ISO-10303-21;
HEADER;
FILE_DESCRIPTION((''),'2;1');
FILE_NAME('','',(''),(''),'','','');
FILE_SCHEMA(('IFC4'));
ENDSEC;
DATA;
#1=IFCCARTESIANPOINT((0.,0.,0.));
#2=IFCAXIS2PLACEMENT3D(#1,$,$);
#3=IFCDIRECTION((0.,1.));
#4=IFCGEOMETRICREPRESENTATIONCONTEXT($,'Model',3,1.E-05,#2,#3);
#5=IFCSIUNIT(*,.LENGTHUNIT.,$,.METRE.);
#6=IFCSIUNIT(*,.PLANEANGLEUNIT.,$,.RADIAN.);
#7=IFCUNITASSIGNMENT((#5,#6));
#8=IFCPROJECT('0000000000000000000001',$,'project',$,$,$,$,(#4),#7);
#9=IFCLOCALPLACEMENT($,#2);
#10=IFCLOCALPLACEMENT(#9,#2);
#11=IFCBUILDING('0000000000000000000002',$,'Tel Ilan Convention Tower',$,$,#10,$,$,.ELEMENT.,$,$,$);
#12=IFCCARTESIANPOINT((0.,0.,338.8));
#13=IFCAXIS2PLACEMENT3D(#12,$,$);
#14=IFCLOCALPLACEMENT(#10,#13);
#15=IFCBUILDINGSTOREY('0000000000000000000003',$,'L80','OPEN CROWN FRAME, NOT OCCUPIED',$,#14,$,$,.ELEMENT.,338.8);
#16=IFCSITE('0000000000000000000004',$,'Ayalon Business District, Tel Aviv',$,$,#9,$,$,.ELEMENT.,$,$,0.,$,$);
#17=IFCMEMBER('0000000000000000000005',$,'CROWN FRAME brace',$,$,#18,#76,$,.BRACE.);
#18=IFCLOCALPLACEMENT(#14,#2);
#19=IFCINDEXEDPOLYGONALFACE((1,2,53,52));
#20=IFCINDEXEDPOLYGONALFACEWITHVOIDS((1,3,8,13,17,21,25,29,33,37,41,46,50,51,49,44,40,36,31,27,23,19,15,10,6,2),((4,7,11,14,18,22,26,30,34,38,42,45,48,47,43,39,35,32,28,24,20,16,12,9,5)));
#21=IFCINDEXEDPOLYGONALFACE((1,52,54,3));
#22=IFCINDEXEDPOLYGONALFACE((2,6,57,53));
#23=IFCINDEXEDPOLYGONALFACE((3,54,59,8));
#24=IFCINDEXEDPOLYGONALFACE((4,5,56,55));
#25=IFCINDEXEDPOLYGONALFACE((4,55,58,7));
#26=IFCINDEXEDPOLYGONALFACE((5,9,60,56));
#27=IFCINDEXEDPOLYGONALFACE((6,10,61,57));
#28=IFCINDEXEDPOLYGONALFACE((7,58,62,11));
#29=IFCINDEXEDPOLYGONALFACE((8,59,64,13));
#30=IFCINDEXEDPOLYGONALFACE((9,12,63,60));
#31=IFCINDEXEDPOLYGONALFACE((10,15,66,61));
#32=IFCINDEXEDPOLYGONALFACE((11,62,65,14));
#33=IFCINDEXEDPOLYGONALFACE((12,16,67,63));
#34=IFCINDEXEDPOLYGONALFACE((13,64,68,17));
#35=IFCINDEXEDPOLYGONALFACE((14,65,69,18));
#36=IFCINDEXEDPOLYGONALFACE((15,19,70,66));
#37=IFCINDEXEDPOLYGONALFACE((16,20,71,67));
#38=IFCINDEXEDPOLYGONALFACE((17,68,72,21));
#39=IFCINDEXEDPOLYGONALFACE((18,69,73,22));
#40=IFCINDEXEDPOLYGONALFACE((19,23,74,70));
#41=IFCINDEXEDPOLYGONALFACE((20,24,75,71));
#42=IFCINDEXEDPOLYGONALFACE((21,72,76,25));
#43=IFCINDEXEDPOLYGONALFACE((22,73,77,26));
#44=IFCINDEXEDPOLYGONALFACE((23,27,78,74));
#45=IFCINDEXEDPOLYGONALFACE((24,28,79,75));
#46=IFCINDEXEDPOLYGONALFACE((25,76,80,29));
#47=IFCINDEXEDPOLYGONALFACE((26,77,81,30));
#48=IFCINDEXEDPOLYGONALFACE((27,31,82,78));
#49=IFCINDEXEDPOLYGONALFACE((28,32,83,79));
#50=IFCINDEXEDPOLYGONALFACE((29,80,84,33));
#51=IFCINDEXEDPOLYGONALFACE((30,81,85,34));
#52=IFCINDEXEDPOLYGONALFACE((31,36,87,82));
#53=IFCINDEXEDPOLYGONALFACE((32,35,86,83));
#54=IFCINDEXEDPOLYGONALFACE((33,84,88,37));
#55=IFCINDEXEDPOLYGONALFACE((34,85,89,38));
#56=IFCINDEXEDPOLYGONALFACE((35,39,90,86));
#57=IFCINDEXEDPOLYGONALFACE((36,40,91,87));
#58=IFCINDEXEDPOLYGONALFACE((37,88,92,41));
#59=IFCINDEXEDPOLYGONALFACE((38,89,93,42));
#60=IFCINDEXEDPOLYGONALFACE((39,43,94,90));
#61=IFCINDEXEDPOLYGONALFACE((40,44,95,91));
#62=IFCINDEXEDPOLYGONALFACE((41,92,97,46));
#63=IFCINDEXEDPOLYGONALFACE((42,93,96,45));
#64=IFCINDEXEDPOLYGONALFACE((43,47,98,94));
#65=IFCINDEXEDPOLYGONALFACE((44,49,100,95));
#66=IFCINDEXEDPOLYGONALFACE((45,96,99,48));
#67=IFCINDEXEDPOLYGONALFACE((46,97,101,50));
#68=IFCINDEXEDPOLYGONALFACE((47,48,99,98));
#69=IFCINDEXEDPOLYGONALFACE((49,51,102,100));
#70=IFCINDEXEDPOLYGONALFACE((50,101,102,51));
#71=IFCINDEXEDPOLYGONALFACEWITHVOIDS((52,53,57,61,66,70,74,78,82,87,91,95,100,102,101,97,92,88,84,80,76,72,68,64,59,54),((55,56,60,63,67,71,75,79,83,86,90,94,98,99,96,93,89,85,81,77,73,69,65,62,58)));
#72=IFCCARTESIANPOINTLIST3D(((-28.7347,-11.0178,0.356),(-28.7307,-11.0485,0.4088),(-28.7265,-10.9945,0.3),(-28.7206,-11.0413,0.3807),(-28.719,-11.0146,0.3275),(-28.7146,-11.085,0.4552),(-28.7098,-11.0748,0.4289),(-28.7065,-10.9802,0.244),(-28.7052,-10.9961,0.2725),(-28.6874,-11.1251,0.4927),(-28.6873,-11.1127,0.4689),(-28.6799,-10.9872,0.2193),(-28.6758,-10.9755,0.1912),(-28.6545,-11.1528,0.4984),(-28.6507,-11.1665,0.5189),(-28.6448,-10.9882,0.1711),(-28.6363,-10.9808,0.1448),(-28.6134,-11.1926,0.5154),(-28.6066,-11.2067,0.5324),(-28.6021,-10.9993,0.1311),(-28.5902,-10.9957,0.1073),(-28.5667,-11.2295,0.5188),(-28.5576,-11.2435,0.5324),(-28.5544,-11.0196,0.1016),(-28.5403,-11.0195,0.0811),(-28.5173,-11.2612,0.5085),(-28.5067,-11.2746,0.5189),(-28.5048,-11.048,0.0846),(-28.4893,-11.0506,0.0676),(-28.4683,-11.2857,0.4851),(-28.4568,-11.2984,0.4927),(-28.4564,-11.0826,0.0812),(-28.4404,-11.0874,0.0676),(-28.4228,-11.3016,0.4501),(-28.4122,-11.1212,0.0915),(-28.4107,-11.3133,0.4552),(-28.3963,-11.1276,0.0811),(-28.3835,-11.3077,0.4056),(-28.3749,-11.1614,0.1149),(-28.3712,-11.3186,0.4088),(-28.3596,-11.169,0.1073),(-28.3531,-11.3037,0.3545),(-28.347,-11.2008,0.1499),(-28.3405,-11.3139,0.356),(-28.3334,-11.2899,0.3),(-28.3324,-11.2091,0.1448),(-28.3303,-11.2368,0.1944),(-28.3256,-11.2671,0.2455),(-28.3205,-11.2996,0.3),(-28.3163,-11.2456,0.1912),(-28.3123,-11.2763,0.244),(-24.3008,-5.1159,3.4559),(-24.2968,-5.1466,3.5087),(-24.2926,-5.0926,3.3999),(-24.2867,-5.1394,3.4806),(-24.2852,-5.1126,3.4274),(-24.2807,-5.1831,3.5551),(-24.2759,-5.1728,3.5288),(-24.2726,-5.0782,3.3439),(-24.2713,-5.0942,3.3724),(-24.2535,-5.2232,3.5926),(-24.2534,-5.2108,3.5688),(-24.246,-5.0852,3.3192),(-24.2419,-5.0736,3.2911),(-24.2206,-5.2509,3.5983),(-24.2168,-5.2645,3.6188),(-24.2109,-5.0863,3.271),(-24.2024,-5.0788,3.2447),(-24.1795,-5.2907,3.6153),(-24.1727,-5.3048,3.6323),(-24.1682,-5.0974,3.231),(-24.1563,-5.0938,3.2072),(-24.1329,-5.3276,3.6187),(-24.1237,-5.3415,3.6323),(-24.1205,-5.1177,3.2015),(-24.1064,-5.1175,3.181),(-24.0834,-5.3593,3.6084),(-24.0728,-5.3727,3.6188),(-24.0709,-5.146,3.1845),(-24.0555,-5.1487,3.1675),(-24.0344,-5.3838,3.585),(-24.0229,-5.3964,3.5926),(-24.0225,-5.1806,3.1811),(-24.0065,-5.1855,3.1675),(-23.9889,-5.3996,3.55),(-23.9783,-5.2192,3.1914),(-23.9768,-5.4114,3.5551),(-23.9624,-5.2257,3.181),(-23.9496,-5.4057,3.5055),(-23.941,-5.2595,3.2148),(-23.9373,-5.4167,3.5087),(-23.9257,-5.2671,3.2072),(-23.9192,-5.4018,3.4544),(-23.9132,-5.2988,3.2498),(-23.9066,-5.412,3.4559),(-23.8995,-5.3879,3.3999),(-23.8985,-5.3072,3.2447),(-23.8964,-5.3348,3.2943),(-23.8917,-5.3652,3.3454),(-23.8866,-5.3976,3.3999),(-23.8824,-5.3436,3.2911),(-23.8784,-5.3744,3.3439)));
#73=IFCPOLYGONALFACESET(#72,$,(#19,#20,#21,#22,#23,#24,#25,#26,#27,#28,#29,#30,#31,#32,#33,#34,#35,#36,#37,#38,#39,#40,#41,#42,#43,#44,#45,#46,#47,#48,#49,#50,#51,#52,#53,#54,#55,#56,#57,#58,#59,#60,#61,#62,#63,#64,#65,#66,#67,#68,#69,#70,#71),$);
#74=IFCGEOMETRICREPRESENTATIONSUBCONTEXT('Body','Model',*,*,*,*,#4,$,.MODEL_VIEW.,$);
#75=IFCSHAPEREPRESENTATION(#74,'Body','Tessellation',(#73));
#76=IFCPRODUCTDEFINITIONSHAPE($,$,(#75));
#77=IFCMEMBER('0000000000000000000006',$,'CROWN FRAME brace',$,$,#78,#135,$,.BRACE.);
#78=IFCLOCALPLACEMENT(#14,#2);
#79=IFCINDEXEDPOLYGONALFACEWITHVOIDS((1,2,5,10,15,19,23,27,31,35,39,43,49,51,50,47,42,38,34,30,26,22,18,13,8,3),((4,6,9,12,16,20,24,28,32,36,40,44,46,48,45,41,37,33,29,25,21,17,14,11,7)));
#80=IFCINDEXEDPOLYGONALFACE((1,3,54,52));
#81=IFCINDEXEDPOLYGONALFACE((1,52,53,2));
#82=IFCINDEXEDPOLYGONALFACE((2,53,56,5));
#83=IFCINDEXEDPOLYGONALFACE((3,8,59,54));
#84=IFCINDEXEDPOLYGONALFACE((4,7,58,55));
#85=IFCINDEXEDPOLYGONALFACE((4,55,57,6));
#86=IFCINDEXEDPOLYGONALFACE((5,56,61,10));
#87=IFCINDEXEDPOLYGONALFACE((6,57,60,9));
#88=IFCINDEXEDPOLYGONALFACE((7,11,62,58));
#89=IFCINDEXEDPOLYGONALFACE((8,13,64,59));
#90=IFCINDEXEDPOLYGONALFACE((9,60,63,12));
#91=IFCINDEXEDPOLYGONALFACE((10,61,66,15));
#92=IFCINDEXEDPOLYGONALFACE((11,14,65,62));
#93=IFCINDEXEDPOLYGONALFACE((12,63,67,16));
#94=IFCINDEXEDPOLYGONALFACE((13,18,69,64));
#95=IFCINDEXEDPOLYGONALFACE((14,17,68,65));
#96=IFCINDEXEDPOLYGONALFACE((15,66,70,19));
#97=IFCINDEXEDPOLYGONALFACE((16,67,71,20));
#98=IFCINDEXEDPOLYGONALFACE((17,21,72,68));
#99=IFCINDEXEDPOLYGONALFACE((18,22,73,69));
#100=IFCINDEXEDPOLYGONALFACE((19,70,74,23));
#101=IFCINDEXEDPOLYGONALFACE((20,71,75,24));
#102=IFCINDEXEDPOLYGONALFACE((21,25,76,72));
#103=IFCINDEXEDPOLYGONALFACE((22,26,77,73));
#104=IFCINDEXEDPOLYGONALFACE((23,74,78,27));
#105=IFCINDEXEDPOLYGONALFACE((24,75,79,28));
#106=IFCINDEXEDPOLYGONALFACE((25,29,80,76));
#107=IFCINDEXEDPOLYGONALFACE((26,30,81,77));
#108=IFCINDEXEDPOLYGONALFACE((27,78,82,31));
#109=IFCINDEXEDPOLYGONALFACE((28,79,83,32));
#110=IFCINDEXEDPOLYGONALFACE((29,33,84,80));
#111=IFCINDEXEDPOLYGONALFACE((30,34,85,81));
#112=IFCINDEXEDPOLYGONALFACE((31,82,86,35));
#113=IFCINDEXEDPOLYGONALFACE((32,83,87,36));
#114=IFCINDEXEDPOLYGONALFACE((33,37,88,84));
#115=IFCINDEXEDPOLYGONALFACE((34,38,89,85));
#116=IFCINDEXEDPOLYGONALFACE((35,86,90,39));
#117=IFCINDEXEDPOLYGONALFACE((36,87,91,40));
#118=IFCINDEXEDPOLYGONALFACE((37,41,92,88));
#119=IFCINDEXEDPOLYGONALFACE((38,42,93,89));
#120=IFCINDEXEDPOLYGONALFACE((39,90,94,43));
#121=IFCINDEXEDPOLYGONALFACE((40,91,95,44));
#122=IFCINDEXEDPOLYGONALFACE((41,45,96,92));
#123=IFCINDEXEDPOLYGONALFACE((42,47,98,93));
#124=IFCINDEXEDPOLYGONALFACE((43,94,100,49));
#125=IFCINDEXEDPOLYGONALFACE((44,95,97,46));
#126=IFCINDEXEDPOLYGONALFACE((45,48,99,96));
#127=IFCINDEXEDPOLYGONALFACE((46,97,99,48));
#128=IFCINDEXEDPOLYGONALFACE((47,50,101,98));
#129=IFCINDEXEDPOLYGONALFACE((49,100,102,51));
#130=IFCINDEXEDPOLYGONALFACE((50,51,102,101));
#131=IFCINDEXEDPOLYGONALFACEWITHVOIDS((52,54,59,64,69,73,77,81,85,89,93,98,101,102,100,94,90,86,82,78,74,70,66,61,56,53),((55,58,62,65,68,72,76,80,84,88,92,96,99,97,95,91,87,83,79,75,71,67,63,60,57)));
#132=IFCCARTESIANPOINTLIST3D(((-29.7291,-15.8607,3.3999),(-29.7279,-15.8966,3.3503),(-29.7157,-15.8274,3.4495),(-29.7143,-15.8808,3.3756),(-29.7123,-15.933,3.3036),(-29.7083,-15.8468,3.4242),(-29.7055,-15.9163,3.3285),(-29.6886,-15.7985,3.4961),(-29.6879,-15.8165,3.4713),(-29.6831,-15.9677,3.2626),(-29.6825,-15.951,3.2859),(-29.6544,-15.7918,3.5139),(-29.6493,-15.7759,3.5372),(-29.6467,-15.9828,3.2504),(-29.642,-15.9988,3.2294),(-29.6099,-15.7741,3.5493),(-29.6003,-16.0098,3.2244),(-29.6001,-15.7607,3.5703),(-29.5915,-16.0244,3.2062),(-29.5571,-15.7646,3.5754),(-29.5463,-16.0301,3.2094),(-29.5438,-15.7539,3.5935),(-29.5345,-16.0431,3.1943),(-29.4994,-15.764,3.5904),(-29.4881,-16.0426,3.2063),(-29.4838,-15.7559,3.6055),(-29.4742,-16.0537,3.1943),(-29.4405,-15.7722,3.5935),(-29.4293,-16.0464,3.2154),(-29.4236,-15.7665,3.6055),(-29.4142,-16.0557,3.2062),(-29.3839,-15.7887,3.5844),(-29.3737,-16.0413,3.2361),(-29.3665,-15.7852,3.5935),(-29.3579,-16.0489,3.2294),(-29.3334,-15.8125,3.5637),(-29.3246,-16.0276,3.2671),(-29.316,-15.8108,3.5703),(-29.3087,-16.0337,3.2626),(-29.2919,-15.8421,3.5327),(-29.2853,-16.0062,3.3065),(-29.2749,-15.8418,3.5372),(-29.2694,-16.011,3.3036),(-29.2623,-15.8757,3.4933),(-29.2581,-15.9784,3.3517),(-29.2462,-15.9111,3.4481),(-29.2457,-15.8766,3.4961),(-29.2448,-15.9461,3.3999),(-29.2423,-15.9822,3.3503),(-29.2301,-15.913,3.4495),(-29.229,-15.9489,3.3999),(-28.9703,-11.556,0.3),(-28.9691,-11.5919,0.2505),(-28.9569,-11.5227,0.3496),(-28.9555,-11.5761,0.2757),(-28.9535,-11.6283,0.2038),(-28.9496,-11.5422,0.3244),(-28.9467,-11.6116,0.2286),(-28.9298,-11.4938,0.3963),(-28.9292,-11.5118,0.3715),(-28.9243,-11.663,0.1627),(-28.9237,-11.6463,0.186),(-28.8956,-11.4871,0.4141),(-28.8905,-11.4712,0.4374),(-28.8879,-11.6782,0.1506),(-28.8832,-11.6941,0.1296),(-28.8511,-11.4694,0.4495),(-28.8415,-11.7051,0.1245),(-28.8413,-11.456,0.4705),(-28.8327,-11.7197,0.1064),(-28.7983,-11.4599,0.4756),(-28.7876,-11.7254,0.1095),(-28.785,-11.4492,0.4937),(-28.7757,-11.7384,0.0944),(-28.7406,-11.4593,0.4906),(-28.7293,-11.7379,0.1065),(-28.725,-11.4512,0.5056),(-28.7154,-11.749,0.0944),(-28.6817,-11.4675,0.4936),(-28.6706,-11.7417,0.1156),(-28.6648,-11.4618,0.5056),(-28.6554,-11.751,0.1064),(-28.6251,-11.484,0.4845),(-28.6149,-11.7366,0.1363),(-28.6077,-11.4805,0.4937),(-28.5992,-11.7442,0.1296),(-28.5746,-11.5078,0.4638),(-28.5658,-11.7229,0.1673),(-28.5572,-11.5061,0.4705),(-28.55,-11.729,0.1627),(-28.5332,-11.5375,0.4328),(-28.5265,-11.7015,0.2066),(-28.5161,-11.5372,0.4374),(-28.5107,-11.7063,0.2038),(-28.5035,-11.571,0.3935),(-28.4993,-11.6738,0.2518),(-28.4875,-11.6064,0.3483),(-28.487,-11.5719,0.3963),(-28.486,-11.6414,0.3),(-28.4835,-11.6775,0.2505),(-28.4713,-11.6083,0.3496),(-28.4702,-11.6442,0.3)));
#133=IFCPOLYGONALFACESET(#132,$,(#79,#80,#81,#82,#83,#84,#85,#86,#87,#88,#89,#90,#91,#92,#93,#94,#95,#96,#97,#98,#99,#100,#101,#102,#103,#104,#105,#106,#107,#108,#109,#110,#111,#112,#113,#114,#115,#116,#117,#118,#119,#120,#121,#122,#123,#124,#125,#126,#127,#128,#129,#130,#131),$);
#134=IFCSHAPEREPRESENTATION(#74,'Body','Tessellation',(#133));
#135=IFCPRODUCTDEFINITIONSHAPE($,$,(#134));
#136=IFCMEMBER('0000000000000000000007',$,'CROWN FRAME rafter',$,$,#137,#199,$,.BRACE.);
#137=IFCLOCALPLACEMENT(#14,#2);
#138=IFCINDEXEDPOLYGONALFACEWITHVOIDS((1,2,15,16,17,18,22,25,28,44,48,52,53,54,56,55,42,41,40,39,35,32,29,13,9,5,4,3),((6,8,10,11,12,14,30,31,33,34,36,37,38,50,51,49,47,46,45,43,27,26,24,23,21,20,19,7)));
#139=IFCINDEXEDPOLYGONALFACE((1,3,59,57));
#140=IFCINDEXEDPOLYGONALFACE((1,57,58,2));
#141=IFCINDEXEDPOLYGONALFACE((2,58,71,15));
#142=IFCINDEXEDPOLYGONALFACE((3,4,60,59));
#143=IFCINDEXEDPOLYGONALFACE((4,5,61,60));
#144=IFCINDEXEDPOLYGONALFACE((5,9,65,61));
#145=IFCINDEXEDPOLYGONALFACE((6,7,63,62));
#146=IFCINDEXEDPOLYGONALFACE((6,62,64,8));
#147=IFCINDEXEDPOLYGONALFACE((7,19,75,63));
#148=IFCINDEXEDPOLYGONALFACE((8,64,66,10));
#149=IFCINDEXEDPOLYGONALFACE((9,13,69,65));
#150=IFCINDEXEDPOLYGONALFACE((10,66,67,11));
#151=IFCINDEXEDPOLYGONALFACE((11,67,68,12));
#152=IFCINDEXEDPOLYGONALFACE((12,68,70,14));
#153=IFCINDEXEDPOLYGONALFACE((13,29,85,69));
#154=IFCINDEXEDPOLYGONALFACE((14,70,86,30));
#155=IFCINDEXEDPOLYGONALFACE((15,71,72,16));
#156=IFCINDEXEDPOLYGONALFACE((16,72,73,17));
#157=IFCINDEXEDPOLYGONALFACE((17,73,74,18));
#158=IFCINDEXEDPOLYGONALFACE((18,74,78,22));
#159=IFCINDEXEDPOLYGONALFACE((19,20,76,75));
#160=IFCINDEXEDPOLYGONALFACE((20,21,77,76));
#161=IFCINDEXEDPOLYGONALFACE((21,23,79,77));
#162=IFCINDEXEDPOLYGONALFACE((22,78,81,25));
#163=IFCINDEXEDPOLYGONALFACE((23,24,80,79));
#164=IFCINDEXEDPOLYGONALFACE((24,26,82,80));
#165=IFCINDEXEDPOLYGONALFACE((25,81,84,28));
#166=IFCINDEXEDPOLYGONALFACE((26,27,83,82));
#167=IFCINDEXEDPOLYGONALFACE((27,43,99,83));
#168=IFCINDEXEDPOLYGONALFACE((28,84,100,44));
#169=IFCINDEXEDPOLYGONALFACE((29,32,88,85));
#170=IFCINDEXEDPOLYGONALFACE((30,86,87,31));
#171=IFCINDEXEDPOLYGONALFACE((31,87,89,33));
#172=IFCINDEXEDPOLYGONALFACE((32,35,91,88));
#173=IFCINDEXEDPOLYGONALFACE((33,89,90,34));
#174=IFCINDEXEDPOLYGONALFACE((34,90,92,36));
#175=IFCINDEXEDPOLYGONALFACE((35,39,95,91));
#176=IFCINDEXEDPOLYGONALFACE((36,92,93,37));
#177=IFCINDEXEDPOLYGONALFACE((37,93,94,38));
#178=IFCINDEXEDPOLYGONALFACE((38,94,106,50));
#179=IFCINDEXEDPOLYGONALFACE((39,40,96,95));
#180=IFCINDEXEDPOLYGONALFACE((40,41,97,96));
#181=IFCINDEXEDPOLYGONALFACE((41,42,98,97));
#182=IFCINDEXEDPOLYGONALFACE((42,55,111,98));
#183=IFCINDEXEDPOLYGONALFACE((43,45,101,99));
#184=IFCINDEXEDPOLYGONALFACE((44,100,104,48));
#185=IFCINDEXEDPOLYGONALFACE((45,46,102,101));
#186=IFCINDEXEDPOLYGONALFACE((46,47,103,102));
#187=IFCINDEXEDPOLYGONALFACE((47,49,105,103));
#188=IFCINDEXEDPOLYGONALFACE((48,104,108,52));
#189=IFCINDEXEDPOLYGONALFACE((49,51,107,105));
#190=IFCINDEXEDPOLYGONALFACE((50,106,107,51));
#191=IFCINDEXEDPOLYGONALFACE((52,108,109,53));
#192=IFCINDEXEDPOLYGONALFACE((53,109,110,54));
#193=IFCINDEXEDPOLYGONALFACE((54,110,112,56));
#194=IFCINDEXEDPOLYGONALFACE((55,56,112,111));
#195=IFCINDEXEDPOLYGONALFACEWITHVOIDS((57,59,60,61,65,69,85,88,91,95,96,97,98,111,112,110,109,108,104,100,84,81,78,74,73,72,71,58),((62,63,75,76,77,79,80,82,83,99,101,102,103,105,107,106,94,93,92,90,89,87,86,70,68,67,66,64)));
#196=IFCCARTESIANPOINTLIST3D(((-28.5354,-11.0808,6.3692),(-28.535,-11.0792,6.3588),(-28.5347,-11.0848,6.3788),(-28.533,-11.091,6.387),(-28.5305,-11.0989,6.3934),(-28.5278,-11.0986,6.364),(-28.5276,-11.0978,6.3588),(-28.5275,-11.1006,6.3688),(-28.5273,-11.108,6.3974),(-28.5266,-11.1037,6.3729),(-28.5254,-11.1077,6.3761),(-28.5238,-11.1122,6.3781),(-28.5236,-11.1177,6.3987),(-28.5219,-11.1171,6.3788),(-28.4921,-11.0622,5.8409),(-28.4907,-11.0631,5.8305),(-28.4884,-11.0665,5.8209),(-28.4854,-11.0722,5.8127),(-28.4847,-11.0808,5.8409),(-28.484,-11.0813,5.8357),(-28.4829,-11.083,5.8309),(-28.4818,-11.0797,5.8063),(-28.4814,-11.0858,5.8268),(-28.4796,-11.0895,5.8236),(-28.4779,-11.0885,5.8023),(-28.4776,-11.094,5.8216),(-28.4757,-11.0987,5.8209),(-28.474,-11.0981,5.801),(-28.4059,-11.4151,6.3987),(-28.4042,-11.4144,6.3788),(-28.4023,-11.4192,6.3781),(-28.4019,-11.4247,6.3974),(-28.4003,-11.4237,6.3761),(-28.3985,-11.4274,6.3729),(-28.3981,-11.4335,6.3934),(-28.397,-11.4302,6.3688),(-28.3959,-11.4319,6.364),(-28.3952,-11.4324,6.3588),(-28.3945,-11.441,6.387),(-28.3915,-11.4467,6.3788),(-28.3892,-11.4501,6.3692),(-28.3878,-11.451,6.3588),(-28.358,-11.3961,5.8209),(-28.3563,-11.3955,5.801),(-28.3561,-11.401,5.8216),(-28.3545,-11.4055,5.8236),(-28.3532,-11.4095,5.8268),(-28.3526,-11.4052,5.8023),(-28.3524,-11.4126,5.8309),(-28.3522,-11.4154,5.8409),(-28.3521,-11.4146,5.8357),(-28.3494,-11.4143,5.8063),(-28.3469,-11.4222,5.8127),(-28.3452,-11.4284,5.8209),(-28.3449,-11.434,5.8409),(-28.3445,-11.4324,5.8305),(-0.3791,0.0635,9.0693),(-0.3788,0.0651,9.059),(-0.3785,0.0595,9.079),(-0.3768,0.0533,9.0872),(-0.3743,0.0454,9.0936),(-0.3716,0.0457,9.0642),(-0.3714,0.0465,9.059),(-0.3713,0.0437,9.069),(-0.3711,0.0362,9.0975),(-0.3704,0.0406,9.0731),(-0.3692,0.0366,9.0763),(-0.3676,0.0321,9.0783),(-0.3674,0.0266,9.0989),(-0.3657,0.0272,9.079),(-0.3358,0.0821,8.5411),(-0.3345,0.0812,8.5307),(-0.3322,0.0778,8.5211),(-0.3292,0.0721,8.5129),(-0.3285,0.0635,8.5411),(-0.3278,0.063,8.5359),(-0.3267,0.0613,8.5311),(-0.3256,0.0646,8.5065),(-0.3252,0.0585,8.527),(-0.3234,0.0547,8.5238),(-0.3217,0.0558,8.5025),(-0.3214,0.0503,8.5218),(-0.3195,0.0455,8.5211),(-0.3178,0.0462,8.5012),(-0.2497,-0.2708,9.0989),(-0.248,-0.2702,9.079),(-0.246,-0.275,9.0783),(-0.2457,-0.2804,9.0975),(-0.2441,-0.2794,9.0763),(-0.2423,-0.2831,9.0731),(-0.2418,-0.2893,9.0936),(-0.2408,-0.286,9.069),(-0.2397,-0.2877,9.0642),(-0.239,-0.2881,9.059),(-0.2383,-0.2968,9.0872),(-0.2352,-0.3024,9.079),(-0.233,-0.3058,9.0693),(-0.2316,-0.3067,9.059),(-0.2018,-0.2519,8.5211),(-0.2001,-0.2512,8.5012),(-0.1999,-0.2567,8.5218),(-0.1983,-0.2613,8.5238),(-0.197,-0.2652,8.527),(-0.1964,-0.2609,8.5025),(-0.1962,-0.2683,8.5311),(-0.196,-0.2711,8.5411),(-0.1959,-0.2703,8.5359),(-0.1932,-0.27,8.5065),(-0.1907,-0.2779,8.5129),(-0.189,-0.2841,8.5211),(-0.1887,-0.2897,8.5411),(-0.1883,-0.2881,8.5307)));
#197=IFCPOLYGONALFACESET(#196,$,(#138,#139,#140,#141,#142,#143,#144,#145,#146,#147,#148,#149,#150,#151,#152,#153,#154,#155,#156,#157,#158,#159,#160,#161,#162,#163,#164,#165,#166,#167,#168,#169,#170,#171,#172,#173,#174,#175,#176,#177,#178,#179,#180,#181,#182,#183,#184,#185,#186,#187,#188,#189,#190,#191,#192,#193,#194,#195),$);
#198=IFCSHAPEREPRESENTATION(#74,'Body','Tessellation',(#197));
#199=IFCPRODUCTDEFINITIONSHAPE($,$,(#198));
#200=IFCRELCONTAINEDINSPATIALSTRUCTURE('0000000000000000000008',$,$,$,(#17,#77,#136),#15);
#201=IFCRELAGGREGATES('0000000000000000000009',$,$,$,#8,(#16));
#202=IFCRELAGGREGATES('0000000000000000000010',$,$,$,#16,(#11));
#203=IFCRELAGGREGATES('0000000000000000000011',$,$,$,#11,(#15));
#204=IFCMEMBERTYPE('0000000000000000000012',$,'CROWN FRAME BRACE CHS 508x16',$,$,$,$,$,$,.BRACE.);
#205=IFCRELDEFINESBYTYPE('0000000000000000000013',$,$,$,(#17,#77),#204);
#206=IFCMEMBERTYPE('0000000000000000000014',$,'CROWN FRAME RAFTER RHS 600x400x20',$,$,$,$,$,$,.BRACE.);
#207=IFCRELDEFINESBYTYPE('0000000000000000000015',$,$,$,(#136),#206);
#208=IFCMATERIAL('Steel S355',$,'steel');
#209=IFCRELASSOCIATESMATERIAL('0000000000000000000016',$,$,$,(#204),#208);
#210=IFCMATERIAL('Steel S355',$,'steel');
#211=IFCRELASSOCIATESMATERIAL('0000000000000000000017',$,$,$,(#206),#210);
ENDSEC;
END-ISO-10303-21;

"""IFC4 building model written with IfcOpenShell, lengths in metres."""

from ifc_helpers import new_model, si_unit, direction, frame, origin, origin_2d, place, context, subcontext, project, spatial, hollow_rectangle, hollow_circle, extrude, material, material_profile, profile_set, type_object, element, save


model = new_model("IFC4")

# Units and contexts
model_context = context("Model", 3, precision=1e-05, world=origin(), true_north=direction((0.0, 1.0)))
body_context = subcontext(model_context, "Body", "Model", "MODEL_VIEW")
ifc_project = project(units=[si_unit("LENGTHUNIT", "METRE"), si_unit("PLANEANGLEUNIT", "RADIAN")], contexts=[model_context])

# Site, building, storey
site_placement = place(None, origin())
site = spatial("IfcSite", under=ifc_project, at=site_placement, Name="Ayalon Business District, Tel Aviv", CompositionType="ELEMENT", RefElevation=0.0)
building_placement = place(site_placement, origin())
building = spatial("IfcBuilding", under=site, at=building_placement, Name="Tel Ilan Convention Tower", CompositionType="ELEMENT")
storey_placement = place(building_placement, frame((0.0, 0.0, 338.8)))
storey = spatial("IfcBuildingStorey", under=building, at=storey_placement, Name="L80", Description="OPEN CROWN FRAME, NOT OCCUPIED", CompositionType="ELEMENT", Elevation=338.8)

# Members
ifc_material_1 = material(Name="Steel S355", Category="steel")
ifc_material_profile_1 = material_profile(ifc_material_1, hollow_circle(Radius=0.2539, WallThickness=0.0161, at=origin_2d()), Name="CHS 508x16")
ifc_profile_set_1 = profile_set([ifc_material_profile_1], Name="Steel S355")
member_type_1 = type_object("IfcMemberType", Name="CROWN FRAME BRACE CHS 508x16", PredefinedType="BRACE", material=ifc_profile_set_1)
member_1_placement = place(storey_placement, frame((-24.0896, -5.2451, 3.3999), z_axis=(-0.553798, -0.737157, -0.38718), x_axis=(0.799516, -0.600645, 0.0)))
element("IfcMember", 1, at=member_1_placement, inside=storey, type_object=member_type_1, Name="CROWN FRAME brace", PredefinedType="BRACE", context=body_context, shape_type="SweptSolid", body=[
    extrude(hollow_circle(Radius=0.2539, WallThickness=0.0161, at=origin_2d()), origin(), (0.0, 0.0, 1.0), 8.0063),
])
member_2_placement = place(storey_placement, frame((-28.7202, -11.6001, 0.3), z_axis=(-0.141601, -0.803315, 0.578476), x_axis=(0.984817, -0.173594, 0.0)))
element("IfcMember", 2, at=member_2_placement, inside=storey, type_object=member_type_1, Name="CROWN FRAME brace", PredefinedType="BRACE", context=body_context, shape_type="SweptSolid", body=[
    extrude(hollow_circle(Radius=0.2539, WallThickness=0.0161, at=origin_2d()), origin(), (0.0, 0.0, 1.0), 5.3586),
])
ifc_material_2 = material(Name="Steel S355", Category="steel")
ifc_material_profile_2 = material_profile(ifc_material_2, hollow_rectangle(XDim=0.3999, YDim=0.6001, WallThickness=0.02, InnerFilletRadius=0.02, OuterFilletRadius=0.04, at=origin_2d()), Name="RHS 600x400x20")
ifc_profile_set_2 = profile_set([ifc_material_profile_2], Name="Steel S355")
member_type_2 = type_object("IfcMemberType", Name="CROWN FRAME RAFTER RHS 600x400x20", PredefinedType="BRACE", material=ifc_profile_set_2)
member_3_placement = place(storey_placement, frame((-28.4399, -11.2566, 6.0999), z_axis=(0.926142, 0.366568, 0.088817), x_axis=(-0.368023, 0.929817, 0.0)))
element("IfcMember", 3, at=member_3_placement, inside=storey, type_object=member_type_2, Name="CROWN FRAME rafter", PredefinedType="BRACE", context=body_context, shape_type="SweptSolid", body=[
    extrude(hollow_rectangle(XDim=0.3999, YDim=0.6001, WallThickness=0.02, InnerFilletRadius=0.02, OuterFilletRadius=0.04, at=origin_2d()), origin(), (0.0, 0.0, 1.0), 30.4016),
])

save(model, "model.ifc")
